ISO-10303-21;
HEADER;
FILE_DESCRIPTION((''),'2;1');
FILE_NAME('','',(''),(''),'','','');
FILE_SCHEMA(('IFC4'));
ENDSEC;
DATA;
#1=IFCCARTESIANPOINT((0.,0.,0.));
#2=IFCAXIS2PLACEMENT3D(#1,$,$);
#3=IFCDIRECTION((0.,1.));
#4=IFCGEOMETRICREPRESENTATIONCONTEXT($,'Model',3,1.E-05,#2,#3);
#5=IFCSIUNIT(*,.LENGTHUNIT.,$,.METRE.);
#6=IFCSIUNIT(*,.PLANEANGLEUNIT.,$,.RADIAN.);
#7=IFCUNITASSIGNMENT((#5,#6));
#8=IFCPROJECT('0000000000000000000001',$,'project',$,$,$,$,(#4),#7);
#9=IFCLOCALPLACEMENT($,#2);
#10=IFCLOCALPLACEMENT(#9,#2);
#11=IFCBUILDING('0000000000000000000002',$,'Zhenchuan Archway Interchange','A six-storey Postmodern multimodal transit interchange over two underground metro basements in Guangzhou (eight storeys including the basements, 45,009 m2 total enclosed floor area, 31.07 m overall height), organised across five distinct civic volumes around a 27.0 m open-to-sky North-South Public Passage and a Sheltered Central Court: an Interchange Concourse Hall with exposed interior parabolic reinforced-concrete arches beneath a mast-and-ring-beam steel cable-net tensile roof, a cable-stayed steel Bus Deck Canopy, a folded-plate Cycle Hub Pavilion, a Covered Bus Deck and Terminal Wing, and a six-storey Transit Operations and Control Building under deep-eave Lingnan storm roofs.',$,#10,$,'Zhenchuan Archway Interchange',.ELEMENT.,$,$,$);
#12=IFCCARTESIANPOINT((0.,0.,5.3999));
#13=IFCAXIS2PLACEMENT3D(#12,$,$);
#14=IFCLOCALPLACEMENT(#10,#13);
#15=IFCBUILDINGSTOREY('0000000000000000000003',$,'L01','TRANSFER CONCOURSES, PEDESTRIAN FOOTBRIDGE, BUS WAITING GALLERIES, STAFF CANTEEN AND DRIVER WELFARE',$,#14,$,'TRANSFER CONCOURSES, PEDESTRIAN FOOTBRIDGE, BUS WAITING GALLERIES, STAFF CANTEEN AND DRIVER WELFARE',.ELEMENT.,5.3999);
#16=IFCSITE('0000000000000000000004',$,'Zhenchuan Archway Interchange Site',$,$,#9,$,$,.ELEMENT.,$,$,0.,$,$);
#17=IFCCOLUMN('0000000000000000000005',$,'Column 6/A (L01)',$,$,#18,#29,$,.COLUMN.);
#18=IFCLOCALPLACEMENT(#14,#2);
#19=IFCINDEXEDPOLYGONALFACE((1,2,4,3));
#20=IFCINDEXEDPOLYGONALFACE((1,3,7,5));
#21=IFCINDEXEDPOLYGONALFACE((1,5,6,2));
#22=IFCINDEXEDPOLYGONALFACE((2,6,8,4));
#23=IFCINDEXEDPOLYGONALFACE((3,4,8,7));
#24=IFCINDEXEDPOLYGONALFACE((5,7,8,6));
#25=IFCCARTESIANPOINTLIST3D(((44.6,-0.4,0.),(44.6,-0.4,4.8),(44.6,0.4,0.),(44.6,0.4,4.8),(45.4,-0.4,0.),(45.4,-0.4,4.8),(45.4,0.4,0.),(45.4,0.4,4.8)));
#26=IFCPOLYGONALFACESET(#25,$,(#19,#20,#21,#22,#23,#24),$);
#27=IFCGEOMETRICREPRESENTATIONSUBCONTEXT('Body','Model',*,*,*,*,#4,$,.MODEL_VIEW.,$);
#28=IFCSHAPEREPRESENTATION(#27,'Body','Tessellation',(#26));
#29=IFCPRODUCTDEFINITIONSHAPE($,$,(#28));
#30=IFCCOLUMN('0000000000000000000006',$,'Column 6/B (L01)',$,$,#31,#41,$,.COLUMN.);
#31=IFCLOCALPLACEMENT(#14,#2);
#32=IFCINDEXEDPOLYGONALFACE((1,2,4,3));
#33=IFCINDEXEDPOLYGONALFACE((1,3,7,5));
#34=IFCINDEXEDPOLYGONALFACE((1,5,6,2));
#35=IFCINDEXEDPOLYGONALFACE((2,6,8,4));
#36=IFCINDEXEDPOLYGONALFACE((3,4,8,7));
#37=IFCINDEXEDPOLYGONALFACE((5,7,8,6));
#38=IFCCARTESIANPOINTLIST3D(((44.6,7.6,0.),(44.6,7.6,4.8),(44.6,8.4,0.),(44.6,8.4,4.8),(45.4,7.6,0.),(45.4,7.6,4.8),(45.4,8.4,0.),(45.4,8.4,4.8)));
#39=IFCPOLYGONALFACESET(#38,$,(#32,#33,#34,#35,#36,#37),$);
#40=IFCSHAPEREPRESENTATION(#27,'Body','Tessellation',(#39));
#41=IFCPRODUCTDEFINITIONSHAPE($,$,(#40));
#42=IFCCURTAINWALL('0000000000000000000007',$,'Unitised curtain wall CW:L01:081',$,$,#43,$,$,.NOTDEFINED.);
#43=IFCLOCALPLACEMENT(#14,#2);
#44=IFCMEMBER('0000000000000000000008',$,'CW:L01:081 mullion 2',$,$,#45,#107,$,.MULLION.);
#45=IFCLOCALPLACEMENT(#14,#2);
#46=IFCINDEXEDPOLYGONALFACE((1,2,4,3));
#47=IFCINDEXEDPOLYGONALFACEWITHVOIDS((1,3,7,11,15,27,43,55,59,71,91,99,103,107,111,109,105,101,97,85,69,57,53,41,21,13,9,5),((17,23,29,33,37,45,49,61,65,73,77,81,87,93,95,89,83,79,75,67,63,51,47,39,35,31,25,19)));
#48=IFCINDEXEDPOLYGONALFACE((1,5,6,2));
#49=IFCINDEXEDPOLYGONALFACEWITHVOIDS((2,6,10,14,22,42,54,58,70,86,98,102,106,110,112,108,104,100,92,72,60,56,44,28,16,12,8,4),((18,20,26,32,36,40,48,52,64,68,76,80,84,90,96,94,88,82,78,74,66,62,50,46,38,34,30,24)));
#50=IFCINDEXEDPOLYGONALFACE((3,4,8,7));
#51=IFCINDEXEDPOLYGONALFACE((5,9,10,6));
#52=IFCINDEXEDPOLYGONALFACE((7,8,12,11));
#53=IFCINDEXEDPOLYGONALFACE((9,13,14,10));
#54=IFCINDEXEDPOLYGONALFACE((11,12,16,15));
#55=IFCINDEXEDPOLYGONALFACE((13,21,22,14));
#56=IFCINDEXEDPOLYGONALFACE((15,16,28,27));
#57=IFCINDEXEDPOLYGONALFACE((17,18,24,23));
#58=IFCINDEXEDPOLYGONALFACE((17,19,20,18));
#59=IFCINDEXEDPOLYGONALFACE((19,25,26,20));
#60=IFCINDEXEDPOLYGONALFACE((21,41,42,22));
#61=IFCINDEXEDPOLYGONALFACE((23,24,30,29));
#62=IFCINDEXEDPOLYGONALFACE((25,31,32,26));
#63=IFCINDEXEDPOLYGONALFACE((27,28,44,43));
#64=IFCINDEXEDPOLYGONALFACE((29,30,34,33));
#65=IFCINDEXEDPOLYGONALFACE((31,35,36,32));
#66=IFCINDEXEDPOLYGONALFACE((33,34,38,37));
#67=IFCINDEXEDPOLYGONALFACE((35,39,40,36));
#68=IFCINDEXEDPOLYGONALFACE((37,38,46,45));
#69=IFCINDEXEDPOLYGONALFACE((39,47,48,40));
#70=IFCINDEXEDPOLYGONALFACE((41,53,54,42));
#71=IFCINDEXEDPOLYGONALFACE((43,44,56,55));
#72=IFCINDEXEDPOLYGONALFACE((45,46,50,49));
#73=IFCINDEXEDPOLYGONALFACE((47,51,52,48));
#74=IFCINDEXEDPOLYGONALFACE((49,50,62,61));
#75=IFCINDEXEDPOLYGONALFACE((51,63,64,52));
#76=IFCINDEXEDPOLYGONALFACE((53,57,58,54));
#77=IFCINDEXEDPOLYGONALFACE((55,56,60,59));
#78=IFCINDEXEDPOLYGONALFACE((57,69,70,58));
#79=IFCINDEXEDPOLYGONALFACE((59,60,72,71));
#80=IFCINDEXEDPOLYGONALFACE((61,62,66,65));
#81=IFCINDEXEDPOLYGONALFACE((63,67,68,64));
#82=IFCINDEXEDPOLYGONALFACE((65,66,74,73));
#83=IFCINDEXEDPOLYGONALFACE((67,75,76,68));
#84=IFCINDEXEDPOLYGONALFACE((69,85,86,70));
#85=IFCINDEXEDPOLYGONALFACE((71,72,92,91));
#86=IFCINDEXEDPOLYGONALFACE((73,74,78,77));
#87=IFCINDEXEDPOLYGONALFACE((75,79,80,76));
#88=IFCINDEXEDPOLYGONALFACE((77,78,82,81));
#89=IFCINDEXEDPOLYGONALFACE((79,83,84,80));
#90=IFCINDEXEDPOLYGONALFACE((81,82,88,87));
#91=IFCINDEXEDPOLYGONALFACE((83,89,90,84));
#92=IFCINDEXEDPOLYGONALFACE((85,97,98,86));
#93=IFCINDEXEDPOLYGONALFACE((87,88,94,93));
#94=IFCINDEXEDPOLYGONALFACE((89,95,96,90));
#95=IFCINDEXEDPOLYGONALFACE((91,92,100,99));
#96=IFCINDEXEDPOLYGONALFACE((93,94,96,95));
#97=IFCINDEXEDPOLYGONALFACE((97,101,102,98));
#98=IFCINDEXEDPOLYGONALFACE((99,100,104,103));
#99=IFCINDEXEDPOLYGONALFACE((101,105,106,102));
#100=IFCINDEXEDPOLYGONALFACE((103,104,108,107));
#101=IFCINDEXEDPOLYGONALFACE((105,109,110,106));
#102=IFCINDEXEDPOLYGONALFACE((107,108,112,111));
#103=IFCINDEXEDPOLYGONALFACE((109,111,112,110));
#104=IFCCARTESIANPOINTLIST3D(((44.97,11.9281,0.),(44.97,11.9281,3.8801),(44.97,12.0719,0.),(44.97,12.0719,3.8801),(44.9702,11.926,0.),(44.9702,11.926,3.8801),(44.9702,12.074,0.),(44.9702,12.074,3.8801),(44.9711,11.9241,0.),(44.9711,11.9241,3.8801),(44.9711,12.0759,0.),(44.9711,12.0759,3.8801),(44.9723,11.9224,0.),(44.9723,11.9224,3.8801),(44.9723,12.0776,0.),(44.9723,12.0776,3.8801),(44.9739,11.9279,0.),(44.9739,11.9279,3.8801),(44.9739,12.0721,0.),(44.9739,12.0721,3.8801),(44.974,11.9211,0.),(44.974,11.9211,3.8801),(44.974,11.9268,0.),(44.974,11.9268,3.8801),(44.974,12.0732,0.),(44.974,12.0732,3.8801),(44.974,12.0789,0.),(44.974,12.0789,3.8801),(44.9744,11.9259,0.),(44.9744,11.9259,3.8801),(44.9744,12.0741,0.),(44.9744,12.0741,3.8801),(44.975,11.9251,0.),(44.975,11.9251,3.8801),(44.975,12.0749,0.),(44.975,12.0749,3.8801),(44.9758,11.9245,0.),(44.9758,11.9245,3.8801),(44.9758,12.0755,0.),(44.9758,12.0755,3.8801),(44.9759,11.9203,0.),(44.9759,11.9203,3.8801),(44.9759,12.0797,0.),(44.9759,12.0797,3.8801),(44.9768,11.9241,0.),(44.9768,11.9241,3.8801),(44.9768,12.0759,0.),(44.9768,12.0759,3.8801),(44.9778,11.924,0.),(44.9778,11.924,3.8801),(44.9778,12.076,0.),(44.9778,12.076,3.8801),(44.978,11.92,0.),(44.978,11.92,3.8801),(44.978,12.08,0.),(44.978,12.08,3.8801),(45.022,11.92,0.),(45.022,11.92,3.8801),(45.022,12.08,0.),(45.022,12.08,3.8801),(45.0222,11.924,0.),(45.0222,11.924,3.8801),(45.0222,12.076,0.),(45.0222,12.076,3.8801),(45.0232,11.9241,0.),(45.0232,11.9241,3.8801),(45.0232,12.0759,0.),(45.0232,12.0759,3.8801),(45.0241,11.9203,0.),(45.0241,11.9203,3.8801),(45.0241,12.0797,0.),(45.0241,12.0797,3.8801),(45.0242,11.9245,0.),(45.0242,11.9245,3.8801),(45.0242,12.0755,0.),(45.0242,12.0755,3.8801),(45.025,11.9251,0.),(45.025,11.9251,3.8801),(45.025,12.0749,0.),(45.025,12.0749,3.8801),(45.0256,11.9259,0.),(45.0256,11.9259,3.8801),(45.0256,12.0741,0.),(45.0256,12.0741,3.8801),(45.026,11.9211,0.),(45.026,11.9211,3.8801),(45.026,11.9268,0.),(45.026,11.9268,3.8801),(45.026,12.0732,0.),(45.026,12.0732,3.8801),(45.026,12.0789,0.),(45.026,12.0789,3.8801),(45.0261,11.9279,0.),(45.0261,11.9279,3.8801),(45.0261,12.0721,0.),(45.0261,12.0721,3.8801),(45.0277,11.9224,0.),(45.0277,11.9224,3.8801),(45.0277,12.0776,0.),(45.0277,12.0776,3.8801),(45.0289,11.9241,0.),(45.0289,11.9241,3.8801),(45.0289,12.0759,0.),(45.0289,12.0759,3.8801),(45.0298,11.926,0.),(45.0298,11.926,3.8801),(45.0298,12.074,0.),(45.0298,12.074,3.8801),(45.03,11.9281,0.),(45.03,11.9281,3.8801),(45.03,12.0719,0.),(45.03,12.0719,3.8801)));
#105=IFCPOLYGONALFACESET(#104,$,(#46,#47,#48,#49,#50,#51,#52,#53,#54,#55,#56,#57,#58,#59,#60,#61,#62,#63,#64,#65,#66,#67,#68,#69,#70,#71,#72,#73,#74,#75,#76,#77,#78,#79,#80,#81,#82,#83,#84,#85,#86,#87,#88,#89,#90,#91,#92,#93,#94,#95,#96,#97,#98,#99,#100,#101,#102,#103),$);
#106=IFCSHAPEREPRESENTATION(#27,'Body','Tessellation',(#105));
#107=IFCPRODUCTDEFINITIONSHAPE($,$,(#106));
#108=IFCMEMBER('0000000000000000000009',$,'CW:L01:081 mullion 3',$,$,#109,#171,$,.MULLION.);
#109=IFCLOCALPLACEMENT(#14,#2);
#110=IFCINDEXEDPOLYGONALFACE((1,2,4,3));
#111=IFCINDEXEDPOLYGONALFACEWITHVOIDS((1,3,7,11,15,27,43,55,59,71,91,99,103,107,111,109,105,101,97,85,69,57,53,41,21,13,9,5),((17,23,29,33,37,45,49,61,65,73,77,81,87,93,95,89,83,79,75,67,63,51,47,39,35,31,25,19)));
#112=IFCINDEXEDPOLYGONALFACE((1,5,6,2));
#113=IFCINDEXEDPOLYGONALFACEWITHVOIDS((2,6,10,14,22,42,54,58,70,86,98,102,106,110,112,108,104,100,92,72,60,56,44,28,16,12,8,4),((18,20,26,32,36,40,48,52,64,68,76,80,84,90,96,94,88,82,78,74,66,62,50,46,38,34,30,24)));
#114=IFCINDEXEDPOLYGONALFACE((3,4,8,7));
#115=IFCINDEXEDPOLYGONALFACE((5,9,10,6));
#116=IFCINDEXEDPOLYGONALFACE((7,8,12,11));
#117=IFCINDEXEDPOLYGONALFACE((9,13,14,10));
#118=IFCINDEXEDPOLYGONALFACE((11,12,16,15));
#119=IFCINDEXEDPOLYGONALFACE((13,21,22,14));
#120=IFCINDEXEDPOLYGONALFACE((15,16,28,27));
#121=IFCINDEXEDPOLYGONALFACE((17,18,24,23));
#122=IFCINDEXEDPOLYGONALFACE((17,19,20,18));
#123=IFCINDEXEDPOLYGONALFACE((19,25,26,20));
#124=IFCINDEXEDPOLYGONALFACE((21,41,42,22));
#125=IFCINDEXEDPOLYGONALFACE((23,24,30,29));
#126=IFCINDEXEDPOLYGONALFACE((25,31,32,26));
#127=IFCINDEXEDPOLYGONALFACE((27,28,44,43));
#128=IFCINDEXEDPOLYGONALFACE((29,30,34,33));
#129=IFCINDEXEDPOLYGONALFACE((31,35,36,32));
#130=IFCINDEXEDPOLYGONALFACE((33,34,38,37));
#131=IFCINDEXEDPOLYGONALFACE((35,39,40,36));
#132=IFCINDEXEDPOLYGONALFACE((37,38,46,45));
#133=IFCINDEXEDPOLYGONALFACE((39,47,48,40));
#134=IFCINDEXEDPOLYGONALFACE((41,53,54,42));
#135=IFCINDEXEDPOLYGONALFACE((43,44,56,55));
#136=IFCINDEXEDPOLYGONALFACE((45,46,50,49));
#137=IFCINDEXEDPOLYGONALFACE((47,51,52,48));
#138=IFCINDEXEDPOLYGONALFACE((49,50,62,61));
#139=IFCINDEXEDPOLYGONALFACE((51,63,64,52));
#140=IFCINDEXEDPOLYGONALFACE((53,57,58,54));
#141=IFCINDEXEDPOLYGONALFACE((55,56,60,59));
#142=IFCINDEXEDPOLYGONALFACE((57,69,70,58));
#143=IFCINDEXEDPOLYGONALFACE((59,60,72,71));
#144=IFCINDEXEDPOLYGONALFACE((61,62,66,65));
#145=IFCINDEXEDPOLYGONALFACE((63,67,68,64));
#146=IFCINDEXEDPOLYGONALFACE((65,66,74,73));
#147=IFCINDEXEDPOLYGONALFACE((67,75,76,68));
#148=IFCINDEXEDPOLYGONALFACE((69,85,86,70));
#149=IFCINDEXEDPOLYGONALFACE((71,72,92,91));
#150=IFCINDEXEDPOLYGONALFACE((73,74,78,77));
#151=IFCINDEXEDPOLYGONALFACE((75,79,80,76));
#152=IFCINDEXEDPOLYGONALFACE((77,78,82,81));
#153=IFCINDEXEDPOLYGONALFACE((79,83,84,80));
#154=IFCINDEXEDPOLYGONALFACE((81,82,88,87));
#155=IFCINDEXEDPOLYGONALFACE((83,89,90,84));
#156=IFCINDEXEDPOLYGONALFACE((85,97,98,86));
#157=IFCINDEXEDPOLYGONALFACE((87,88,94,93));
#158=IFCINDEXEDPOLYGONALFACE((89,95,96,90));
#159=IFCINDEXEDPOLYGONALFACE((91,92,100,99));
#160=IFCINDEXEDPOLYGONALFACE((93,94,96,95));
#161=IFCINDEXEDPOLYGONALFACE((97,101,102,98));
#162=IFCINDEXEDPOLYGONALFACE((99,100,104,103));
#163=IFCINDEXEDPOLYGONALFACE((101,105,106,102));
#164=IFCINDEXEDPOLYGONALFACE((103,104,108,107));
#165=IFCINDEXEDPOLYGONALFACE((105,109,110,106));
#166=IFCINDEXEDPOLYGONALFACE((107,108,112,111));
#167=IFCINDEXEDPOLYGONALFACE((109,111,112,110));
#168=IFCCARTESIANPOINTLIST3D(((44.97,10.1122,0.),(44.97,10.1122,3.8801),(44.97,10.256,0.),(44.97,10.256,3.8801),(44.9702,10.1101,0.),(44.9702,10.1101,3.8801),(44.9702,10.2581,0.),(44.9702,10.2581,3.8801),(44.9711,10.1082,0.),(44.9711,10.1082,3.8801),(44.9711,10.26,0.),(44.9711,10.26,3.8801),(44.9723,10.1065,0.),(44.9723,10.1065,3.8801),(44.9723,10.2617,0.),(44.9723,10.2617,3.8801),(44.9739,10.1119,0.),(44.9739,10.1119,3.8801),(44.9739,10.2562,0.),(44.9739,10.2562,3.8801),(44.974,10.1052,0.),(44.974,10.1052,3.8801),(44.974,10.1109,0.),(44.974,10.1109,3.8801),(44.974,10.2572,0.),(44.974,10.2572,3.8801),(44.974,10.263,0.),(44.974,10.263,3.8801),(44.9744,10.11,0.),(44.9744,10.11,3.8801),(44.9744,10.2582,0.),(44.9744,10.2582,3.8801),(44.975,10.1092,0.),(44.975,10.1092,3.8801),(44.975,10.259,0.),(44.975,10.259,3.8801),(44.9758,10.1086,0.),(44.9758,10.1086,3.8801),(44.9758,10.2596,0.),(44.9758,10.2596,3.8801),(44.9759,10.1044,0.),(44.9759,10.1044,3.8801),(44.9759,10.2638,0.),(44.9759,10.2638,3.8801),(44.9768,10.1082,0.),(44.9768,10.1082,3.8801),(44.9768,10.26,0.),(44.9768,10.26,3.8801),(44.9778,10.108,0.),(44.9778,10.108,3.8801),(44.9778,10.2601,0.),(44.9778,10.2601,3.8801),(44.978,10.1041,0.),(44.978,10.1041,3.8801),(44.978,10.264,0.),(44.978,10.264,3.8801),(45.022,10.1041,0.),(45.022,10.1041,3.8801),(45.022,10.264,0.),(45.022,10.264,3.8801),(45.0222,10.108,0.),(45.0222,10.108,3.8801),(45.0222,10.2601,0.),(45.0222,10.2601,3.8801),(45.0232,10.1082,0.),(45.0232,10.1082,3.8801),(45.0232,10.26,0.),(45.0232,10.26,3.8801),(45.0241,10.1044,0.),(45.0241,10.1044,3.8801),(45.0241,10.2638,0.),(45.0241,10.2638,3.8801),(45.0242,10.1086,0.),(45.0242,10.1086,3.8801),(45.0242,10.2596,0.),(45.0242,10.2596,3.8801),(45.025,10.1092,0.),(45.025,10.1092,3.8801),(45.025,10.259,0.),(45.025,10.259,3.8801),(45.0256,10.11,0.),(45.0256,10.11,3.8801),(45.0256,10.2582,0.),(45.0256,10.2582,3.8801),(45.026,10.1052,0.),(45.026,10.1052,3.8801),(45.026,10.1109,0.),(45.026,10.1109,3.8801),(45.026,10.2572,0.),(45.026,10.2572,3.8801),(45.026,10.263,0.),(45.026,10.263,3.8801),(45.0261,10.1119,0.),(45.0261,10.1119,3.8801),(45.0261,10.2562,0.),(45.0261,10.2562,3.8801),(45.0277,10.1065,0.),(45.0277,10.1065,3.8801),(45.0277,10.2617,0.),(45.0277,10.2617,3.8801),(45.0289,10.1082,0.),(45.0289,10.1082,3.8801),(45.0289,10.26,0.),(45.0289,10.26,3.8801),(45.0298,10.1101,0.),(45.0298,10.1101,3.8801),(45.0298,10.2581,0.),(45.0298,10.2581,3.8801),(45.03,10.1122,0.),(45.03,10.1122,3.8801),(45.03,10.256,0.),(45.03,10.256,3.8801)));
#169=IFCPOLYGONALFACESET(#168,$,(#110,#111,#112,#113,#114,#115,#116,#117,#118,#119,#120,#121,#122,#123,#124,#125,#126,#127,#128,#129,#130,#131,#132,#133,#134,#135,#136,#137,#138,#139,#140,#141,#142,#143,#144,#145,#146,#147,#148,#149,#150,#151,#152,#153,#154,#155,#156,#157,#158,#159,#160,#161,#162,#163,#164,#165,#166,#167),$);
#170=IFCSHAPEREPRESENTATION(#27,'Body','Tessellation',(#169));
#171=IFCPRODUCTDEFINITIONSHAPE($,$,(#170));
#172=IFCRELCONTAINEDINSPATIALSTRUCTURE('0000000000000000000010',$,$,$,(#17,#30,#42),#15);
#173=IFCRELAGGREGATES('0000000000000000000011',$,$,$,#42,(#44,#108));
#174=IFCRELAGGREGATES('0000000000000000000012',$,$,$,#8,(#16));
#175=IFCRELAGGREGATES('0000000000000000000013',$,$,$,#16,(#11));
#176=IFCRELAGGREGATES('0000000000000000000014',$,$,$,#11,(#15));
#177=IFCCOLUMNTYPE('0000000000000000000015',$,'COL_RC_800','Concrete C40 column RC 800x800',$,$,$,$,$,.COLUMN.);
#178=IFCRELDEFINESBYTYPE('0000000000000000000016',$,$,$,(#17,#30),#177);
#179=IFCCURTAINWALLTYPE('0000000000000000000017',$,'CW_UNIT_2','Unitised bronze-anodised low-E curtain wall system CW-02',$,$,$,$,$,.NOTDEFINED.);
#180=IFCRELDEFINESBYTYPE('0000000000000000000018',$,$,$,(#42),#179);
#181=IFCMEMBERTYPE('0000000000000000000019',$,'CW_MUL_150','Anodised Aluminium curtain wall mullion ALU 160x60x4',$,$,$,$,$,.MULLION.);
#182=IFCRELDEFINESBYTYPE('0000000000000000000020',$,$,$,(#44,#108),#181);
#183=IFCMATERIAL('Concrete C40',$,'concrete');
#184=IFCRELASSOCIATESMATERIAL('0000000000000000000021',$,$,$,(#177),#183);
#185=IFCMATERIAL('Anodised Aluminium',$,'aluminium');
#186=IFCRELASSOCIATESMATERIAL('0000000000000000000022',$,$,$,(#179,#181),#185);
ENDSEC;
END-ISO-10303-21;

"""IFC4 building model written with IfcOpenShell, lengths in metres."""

from ifc_helpers import new_model, si_unit, direction, frame, origin, origin_2d, place, context, subcontext, project, spatial, rectangle, hollow_rectangle, extrude, material, material_profile, profile_set, type_object, element, aggregate, save


model = new_model("IFC4")

# Units and contexts
model_context = context("Model", 3, precision=1e-05, world=origin(), true_north=direction((0.0, 1.0)))
body_context = subcontext(model_context, "Body", "Model", "MODEL_VIEW")
ifc_project = project(units=[si_unit("LENGTHUNIT", "METRE"), si_unit("PLANEANGLEUNIT", "RADIAN")], contexts=[model_context])

# Site, building, storey
site_placement = place(None, origin())
site = spatial("IfcSite", under=ifc_project, at=site_placement, Name="Zhenchuan Archway Interchange Site", CompositionType="ELEMENT", RefElevation=0.0)
building_placement = place(site_placement, origin())
building = spatial("IfcBuilding", under=site, at=building_placement, Name="Zhenchuan Archway Interchange", Description="A six-storey Postmodern multimodal transit interchange over two underground metro basements in Guangzhou (eight storeys including the basements, 45,009 m2 total enclosed floor area, 31.07 m overall height), organised across five distinct civic volumes around a 27.0 m open-to-sky North-South Public Passage and a Sheltered Central Court: an Interchange Concourse Hall with exposed interior parabolic reinforced-concrete arches beneath a mast-and-ring-beam steel cable-net tensile roof, a cable-stayed steel Bus Deck Canopy, a folded-plate Cycle Hub Pavilion, a Covered Bus Deck and Terminal Wing, and a six-storey Transit Operations and Control Building under deep-eave Lingnan storm roofs.", LongName="Zhenchuan Archway Interchange", CompositionType="ELEMENT")
storey_placement = place(building_placement, frame((0.0, 0.0, 5.3999)))
storey = spatial("IfcBuildingStorey", under=building, at=storey_placement, Name="L01", Description="TRANSFER CONCOURSES, PEDESTRIAN FOOTBRIDGE, BUS WAITING GALLERIES, STAFF CANTEEN AND DRIVER WELFARE", LongName="TRANSFER CONCOURSES, PEDESTRIAN FOOTBRIDGE, BUS WAITING GALLERIES, STAFF CANTEEN AND DRIVER WELFARE", CompositionType="ELEMENT", Elevation=5.3999)

# Columns
ifc_material_1 = material(Name="Concrete C40", Category="concrete")
ifc_material_profile_1 = material_profile(ifc_material_1, rectangle(XDim=0.8, YDim=0.8, at=origin_2d()), Name="RC 800x800")
ifc_profile_set_1 = profile_set([ifc_material_profile_1], Name="Concrete C40")
column_type = type_object("IfcColumnType", Name="COL_RC_800", Description="Concrete C40 column RC 800x800", PredefinedType="COLUMN", material=ifc_profile_set_1)
for number, where, z_axis, x_axis, name in (
    (1, (45.0, 0.0, 0.0), (0.0, 0.0, 1.0), (1.0, 0.0, 0.0), "Column 6/A (L01)"),
    (2, (45.0, 8.0, 0.0), (0.0, 0.0, 1.0), (1.0, 0.0, 0.0), "Column 6/B (L01)"),
):
    element("IfcColumn", number, at=place(storey_placement, frame(where, z_axis=z_axis, x_axis=x_axis)), inside=storey, type_object=column_type, Name=name, PredefinedType="COLUMN", context=body_context, shape_type="SweptSolid", body=[
        extrude(rectangle(XDim=0.8, YDim=0.8, at=origin_2d()), origin(), (0.0, 0.0, 1.0), 4.8),
    ])

# Curtain wall, members
ifc_material_2 = material(Name="Anodised Aluminium", Category="aluminium")
curtain_wall_type_1 = type_object("IfcCurtainWallType", Name="CW_UNIT_2", Description="Unitised bronze-anodised low-E curtain wall system CW-02", PredefinedType="NOTDEFINED", material=ifc_material_2)
curtain_wall_1_placement = place(storey_placement, origin())
curtain_wall_1 = element("IfcCurtainWall", 3, at=curtain_wall_1_placement, inside=storey, type_object=curtain_wall_type_1, Name="Unitised curtain wall CW:L01:081", PredefinedType="NOTDEFINED")
ifc_material_profile_2 = material_profile(ifc_material_2, hollow_rectangle(XDim=0.0601, YDim=0.1599, WallThickness=0.0039, InnerFilletRadius=0.0039, OuterFilletRadius=0.0081, at=origin_2d()), Name="ALU 160x60x4")
ifc_profile_set_2 = profile_set([ifc_material_profile_2], Name="Anodised Aluminium")
member_type_1 = type_object("IfcMemberType", Name="CW_MUL_150", Description="Anodised Aluminium curtain wall mullion ALU 160x60x4", PredefinedType="MULLION", material=ifc_profile_set_2)
member_1_placement = place(storey_placement, frame((45.0, 12.0, 0.0), z_axis=(0.0, 0.0, 1.0), x_axis=(1.0, 0.0, 0.0)))
member_1 = element("IfcMember", 4, at=member_1_placement, type_object=member_type_1, Name="CW:L01:081 mullion 2", PredefinedType="MULLION", context=body_context, shape_type="SweptSolid", body=[
    extrude(hollow_rectangle(XDim=0.0601, YDim=0.1599, WallThickness=0.0039, InnerFilletRadius=0.0039, OuterFilletRadius=0.0081, at=origin_2d()), origin(), (0.0, 0.0, 1.0), 3.8801),
])
member_2_placement = place(storey_placement, frame((45.0, 10.1841, 0.0), z_axis=(0.0, 0.0, 1.0), x_axis=(1.0, 0.0, 0.0)))
member_2 = element("IfcMember", 5, at=member_2_placement, type_object=member_type_1, Name="CW:L01:081 mullion 3", PredefinedType="MULLION", context=body_context, shape_type="SweptSolid", body=[
    extrude(hollow_rectangle(XDim=0.0601, YDim=0.1599, WallThickness=0.0039, InnerFilletRadius=0.0039, OuterFilletRadius=0.0081, at=origin_2d()), origin(), (0.0, 0.0, 1.0), 3.8801),
])

aggregate(curtain_wall_1, [member_1, member_2])

save(model, "model.ifc")
